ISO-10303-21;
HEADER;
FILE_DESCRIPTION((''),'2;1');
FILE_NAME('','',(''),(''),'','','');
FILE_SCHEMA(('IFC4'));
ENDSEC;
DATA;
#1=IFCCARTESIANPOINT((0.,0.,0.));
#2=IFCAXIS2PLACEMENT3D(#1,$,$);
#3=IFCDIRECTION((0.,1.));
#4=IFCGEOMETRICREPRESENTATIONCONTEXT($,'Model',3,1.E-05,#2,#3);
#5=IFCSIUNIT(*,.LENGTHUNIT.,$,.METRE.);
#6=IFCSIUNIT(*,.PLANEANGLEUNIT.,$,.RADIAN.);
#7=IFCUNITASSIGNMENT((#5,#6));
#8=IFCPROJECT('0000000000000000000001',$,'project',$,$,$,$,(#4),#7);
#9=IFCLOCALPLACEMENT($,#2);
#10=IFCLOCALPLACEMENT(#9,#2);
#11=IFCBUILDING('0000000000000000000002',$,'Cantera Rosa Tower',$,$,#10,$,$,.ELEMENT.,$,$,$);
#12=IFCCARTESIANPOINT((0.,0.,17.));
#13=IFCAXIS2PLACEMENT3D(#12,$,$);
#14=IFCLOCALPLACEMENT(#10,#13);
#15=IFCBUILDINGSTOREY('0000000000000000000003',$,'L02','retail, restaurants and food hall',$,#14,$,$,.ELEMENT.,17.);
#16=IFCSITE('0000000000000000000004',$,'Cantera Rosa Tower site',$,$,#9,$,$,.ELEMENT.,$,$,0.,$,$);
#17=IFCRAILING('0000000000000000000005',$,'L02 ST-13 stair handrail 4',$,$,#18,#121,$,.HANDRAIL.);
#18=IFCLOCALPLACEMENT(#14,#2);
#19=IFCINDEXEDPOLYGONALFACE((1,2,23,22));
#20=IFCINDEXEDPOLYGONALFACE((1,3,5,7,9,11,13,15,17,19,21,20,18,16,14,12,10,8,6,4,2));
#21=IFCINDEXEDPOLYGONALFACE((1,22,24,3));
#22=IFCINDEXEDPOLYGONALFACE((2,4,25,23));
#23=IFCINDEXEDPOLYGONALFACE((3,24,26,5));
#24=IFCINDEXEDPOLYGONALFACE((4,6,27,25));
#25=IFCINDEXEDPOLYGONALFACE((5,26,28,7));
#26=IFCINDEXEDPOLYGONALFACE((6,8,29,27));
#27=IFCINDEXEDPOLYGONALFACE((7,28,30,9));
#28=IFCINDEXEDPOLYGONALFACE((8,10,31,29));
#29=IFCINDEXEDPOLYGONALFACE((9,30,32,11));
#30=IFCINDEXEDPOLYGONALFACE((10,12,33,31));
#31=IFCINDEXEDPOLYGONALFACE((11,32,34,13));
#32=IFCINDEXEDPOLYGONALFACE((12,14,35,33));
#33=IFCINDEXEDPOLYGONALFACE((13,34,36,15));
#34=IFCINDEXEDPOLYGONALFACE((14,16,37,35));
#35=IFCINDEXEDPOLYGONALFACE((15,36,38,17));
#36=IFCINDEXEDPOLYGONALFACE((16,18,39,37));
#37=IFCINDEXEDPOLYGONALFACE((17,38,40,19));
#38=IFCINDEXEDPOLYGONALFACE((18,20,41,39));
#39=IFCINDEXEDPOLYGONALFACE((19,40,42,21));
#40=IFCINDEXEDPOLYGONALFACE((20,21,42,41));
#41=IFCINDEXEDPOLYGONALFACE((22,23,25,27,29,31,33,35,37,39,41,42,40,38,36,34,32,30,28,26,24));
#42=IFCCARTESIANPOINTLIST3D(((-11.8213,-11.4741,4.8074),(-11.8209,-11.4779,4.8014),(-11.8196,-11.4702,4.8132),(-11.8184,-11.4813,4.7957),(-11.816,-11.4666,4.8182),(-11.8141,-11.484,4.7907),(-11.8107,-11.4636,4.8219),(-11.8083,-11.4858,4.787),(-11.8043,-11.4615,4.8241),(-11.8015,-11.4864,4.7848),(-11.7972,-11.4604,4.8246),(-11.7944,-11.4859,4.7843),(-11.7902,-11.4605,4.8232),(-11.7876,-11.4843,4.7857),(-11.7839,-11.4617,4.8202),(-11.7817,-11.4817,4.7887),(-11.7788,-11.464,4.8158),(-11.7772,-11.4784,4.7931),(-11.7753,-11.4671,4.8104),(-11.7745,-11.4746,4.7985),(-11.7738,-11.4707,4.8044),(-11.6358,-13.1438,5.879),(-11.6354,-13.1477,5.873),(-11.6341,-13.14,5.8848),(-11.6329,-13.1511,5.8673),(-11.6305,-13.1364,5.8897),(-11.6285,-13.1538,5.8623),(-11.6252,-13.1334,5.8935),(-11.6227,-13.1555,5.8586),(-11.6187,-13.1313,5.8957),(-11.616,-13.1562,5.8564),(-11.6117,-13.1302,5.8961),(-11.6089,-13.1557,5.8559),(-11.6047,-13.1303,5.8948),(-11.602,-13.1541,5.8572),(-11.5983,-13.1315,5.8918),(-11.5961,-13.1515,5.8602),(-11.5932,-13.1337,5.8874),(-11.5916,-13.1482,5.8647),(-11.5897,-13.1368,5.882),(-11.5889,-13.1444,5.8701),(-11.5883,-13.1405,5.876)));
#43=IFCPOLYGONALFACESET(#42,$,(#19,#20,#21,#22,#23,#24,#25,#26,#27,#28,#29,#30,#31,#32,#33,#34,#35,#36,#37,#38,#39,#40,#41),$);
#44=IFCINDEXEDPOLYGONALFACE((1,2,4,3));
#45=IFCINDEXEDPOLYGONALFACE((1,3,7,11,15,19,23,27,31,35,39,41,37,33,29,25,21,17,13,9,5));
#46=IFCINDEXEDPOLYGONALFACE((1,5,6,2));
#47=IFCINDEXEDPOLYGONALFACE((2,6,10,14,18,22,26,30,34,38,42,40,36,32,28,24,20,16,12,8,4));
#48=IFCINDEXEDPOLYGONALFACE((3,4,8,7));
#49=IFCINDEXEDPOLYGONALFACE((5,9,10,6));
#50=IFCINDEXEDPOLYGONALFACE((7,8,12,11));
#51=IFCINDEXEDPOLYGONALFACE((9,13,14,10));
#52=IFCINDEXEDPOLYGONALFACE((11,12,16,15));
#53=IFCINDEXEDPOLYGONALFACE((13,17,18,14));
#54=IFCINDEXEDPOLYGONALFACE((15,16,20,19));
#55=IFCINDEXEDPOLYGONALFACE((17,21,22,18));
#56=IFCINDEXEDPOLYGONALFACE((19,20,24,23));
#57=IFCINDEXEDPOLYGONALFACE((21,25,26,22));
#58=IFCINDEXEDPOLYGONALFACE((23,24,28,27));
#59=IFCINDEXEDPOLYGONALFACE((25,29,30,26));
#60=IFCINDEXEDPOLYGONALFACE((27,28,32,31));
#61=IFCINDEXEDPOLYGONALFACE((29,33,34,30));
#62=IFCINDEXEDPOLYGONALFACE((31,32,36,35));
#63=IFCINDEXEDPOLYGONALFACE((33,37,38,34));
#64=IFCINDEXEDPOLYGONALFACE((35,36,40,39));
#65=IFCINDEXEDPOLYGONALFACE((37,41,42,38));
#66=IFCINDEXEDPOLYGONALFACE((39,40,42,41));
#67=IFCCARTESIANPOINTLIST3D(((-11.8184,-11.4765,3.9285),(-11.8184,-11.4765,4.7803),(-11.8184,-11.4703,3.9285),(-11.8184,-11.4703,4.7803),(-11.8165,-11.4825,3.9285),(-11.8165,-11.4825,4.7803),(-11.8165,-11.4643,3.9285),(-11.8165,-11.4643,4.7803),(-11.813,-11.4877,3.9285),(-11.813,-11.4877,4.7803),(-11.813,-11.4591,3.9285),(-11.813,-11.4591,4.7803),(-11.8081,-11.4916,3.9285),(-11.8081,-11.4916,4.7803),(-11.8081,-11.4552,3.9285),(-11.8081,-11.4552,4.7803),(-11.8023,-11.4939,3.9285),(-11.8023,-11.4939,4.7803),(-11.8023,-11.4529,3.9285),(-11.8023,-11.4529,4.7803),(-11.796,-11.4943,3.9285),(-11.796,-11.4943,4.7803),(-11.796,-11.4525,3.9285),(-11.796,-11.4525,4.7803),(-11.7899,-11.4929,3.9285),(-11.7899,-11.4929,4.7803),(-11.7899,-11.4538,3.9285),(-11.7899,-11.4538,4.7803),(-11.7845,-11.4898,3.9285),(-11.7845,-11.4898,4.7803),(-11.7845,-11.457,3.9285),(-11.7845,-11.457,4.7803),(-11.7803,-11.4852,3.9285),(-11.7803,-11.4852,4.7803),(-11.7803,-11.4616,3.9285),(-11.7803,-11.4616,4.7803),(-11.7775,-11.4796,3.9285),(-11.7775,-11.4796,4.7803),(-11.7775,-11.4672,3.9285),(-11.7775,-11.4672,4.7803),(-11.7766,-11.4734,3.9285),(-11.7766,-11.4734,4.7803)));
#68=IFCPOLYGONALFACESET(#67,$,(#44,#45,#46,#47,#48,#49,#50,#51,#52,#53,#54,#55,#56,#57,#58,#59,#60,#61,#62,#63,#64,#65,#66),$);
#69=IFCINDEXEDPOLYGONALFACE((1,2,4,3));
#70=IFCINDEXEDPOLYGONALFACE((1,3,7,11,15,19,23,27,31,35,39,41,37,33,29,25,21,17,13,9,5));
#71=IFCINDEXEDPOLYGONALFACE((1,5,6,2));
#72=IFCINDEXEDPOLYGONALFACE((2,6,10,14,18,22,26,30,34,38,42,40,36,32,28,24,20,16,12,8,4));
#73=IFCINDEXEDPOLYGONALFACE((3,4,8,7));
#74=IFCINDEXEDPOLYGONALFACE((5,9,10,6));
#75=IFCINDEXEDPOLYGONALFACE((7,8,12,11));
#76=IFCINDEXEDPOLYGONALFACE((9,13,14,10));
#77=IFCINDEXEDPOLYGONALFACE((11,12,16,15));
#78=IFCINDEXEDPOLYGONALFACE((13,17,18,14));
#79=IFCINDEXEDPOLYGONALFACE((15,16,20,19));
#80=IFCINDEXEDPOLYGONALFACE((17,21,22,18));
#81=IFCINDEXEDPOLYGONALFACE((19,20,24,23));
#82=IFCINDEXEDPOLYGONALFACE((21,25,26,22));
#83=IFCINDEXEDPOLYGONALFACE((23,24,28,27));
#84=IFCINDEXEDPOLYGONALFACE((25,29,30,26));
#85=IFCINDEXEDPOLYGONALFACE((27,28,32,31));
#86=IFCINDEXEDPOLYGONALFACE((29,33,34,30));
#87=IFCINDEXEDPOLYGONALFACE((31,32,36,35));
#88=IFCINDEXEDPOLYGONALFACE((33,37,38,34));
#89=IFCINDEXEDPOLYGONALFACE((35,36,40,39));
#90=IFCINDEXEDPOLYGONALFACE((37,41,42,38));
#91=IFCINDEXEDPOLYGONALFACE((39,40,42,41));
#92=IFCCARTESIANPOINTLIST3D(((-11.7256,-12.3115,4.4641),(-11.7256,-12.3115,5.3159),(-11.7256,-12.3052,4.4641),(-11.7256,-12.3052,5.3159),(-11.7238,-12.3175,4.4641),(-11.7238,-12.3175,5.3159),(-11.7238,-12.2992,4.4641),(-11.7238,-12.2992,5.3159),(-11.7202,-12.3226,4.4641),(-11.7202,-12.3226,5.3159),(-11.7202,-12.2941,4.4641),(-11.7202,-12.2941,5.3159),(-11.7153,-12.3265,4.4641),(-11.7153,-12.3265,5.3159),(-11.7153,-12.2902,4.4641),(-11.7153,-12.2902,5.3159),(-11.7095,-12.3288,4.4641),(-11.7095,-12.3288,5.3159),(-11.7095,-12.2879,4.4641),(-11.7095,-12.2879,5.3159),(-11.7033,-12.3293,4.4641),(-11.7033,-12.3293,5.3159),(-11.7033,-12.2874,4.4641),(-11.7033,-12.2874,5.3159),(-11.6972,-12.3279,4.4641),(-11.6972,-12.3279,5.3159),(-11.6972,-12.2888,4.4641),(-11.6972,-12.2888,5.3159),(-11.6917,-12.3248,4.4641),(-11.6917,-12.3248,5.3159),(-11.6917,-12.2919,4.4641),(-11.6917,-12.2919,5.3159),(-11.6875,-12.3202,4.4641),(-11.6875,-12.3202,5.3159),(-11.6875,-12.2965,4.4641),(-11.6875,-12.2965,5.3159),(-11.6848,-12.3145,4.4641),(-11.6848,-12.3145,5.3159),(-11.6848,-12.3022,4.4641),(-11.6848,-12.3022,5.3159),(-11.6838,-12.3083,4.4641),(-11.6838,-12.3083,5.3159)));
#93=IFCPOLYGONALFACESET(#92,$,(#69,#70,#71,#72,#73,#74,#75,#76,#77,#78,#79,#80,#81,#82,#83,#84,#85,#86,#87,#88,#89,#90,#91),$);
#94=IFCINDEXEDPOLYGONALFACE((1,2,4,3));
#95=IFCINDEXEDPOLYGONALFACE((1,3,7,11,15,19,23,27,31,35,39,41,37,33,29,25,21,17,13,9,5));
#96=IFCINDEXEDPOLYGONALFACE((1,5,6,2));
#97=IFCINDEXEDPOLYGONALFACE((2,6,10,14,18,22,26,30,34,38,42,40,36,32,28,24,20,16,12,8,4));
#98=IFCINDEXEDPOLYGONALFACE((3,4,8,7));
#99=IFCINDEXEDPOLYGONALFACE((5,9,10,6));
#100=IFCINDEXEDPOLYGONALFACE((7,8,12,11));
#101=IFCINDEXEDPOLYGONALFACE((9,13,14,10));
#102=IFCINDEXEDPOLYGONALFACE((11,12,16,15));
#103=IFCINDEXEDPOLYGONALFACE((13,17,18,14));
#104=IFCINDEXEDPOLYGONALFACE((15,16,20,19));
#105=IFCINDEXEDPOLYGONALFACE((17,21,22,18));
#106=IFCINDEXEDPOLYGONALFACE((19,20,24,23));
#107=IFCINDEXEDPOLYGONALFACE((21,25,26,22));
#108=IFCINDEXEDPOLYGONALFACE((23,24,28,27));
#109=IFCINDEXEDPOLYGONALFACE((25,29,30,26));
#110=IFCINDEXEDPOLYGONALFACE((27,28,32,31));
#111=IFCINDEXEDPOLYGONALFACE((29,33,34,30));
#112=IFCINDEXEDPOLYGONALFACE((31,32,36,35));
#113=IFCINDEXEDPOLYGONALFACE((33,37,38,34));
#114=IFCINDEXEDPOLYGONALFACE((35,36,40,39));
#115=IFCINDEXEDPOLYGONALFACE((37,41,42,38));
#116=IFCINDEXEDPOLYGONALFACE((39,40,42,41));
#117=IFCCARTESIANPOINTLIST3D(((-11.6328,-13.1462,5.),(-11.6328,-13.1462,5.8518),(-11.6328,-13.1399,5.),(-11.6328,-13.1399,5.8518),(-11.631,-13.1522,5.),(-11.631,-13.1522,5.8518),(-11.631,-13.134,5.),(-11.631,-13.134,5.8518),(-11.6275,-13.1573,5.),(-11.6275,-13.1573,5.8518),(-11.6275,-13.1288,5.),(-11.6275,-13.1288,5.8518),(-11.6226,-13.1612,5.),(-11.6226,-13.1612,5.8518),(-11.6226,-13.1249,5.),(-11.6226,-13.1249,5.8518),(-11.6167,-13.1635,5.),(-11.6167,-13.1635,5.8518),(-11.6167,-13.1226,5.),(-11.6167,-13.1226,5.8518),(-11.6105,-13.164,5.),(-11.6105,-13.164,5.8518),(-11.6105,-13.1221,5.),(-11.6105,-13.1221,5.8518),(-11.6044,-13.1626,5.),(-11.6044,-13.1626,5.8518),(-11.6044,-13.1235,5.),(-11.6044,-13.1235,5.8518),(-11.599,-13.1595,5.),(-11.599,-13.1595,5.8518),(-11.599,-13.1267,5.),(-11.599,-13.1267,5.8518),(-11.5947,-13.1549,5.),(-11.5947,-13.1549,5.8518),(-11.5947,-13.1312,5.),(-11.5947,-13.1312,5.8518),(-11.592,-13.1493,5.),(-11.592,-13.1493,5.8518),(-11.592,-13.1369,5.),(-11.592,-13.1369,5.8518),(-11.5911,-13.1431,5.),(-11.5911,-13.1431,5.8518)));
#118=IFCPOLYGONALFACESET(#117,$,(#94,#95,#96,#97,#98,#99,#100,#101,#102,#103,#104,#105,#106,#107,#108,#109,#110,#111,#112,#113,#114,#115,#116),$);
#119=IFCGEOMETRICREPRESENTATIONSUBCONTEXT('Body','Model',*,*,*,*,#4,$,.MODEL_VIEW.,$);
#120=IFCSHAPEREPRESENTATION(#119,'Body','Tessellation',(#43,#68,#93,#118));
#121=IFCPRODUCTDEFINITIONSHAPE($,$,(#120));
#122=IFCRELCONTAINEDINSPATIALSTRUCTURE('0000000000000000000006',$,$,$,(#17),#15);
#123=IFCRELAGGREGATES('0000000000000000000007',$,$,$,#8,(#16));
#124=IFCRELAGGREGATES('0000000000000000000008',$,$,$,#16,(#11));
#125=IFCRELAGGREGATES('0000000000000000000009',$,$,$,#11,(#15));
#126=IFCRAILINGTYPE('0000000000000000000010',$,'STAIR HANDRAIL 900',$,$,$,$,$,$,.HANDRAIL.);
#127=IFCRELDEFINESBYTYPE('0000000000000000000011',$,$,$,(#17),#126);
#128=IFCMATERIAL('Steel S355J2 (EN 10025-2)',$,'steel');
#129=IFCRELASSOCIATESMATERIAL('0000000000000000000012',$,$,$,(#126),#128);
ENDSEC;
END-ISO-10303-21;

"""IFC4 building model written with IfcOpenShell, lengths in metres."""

from ifc_helpers import new_model, si_unit, direction, frame, origin, origin_2d, place, context, subcontext, project, spatial, circle, extrude, material, type_object, element, save


model = new_model("IFC4")

# Units and contexts
model_context = context("Model", 3, precision=1e-05, world=origin(), true_north=direction((0.0, 1.0)))
body_context = subcontext(model_context, "Body", "Model", "MODEL_VIEW")
ifc_project = project(units=[si_unit("LENGTHUNIT", "METRE"), si_unit("PLANEANGLEUNIT", "RADIAN")], contexts=[model_context])

# Site, building, storey
site_placement = place(None, origin())
site = spatial("IfcSite", under=ifc_project, at=site_placement, Name="Cantera Rosa Tower site", CompositionType="ELEMENT", RefElevation=0.0)
building_placement = place(site_placement, origin())
building = spatial("IfcBuilding", under=site, at=building_placement, Name="Cantera Rosa Tower", CompositionType="ELEMENT")
storey_placement = place(building_placement, frame((0.0, 0.0, 17.0)))
storey = spatial("IfcBuildingStorey", under=building, at=storey_placement, Name="L02", Description="retail, restaurants and food hall", CompositionType="ELEMENT", Elevation=17.0)

# Railing
ifc_material_1 = material(Name="Steel S355J2 (EN 10025-2)", Category="steel")
railing_type_1 = type_object("IfcRailingType", Name="STAIR HANDRAIL 900", PredefinedType="HANDRAIL", material=ifc_material_1)
railing_1_placement = place(storey_placement, frame((-11.7976, -11.4734, 3.9285)))
element("IfcRailing", 1, at=railing_1_placement, inside=storey, type_object=railing_type_1, Name="L02 ST-13 stair handrail 4", PredefinedType="HANDRAIL", context=body_context, shape_type="SweptSolid", body=[
    extrude(circle(Radius=0.0239, at=origin_2d()), frame((0.0, 0.0, 0.876), z_axis=(0.093118, -0.837941, 0.537758), x_axis=(0.993882, 0.110447, 0.0)), (0.0, 0.0, 1.0), 1.9927),
    extrude(circle(Radius=0.021, at=origin_2d()), origin(), (0.0, 0.0, 1.0), 0.8518),
    extrude(circle(Radius=0.021, at=origin_2d()), frame((0.0928, -0.835, 0.5356)), (0.0, 0.0, 1.0), 0.8518),
    extrude(circle(Radius=0.021, at=origin_2d()), frame((0.1855, -1.6697, 1.0715)), (0.0, 0.0, 1.0), 0.8518),
])

save(model, "model.ifc")
